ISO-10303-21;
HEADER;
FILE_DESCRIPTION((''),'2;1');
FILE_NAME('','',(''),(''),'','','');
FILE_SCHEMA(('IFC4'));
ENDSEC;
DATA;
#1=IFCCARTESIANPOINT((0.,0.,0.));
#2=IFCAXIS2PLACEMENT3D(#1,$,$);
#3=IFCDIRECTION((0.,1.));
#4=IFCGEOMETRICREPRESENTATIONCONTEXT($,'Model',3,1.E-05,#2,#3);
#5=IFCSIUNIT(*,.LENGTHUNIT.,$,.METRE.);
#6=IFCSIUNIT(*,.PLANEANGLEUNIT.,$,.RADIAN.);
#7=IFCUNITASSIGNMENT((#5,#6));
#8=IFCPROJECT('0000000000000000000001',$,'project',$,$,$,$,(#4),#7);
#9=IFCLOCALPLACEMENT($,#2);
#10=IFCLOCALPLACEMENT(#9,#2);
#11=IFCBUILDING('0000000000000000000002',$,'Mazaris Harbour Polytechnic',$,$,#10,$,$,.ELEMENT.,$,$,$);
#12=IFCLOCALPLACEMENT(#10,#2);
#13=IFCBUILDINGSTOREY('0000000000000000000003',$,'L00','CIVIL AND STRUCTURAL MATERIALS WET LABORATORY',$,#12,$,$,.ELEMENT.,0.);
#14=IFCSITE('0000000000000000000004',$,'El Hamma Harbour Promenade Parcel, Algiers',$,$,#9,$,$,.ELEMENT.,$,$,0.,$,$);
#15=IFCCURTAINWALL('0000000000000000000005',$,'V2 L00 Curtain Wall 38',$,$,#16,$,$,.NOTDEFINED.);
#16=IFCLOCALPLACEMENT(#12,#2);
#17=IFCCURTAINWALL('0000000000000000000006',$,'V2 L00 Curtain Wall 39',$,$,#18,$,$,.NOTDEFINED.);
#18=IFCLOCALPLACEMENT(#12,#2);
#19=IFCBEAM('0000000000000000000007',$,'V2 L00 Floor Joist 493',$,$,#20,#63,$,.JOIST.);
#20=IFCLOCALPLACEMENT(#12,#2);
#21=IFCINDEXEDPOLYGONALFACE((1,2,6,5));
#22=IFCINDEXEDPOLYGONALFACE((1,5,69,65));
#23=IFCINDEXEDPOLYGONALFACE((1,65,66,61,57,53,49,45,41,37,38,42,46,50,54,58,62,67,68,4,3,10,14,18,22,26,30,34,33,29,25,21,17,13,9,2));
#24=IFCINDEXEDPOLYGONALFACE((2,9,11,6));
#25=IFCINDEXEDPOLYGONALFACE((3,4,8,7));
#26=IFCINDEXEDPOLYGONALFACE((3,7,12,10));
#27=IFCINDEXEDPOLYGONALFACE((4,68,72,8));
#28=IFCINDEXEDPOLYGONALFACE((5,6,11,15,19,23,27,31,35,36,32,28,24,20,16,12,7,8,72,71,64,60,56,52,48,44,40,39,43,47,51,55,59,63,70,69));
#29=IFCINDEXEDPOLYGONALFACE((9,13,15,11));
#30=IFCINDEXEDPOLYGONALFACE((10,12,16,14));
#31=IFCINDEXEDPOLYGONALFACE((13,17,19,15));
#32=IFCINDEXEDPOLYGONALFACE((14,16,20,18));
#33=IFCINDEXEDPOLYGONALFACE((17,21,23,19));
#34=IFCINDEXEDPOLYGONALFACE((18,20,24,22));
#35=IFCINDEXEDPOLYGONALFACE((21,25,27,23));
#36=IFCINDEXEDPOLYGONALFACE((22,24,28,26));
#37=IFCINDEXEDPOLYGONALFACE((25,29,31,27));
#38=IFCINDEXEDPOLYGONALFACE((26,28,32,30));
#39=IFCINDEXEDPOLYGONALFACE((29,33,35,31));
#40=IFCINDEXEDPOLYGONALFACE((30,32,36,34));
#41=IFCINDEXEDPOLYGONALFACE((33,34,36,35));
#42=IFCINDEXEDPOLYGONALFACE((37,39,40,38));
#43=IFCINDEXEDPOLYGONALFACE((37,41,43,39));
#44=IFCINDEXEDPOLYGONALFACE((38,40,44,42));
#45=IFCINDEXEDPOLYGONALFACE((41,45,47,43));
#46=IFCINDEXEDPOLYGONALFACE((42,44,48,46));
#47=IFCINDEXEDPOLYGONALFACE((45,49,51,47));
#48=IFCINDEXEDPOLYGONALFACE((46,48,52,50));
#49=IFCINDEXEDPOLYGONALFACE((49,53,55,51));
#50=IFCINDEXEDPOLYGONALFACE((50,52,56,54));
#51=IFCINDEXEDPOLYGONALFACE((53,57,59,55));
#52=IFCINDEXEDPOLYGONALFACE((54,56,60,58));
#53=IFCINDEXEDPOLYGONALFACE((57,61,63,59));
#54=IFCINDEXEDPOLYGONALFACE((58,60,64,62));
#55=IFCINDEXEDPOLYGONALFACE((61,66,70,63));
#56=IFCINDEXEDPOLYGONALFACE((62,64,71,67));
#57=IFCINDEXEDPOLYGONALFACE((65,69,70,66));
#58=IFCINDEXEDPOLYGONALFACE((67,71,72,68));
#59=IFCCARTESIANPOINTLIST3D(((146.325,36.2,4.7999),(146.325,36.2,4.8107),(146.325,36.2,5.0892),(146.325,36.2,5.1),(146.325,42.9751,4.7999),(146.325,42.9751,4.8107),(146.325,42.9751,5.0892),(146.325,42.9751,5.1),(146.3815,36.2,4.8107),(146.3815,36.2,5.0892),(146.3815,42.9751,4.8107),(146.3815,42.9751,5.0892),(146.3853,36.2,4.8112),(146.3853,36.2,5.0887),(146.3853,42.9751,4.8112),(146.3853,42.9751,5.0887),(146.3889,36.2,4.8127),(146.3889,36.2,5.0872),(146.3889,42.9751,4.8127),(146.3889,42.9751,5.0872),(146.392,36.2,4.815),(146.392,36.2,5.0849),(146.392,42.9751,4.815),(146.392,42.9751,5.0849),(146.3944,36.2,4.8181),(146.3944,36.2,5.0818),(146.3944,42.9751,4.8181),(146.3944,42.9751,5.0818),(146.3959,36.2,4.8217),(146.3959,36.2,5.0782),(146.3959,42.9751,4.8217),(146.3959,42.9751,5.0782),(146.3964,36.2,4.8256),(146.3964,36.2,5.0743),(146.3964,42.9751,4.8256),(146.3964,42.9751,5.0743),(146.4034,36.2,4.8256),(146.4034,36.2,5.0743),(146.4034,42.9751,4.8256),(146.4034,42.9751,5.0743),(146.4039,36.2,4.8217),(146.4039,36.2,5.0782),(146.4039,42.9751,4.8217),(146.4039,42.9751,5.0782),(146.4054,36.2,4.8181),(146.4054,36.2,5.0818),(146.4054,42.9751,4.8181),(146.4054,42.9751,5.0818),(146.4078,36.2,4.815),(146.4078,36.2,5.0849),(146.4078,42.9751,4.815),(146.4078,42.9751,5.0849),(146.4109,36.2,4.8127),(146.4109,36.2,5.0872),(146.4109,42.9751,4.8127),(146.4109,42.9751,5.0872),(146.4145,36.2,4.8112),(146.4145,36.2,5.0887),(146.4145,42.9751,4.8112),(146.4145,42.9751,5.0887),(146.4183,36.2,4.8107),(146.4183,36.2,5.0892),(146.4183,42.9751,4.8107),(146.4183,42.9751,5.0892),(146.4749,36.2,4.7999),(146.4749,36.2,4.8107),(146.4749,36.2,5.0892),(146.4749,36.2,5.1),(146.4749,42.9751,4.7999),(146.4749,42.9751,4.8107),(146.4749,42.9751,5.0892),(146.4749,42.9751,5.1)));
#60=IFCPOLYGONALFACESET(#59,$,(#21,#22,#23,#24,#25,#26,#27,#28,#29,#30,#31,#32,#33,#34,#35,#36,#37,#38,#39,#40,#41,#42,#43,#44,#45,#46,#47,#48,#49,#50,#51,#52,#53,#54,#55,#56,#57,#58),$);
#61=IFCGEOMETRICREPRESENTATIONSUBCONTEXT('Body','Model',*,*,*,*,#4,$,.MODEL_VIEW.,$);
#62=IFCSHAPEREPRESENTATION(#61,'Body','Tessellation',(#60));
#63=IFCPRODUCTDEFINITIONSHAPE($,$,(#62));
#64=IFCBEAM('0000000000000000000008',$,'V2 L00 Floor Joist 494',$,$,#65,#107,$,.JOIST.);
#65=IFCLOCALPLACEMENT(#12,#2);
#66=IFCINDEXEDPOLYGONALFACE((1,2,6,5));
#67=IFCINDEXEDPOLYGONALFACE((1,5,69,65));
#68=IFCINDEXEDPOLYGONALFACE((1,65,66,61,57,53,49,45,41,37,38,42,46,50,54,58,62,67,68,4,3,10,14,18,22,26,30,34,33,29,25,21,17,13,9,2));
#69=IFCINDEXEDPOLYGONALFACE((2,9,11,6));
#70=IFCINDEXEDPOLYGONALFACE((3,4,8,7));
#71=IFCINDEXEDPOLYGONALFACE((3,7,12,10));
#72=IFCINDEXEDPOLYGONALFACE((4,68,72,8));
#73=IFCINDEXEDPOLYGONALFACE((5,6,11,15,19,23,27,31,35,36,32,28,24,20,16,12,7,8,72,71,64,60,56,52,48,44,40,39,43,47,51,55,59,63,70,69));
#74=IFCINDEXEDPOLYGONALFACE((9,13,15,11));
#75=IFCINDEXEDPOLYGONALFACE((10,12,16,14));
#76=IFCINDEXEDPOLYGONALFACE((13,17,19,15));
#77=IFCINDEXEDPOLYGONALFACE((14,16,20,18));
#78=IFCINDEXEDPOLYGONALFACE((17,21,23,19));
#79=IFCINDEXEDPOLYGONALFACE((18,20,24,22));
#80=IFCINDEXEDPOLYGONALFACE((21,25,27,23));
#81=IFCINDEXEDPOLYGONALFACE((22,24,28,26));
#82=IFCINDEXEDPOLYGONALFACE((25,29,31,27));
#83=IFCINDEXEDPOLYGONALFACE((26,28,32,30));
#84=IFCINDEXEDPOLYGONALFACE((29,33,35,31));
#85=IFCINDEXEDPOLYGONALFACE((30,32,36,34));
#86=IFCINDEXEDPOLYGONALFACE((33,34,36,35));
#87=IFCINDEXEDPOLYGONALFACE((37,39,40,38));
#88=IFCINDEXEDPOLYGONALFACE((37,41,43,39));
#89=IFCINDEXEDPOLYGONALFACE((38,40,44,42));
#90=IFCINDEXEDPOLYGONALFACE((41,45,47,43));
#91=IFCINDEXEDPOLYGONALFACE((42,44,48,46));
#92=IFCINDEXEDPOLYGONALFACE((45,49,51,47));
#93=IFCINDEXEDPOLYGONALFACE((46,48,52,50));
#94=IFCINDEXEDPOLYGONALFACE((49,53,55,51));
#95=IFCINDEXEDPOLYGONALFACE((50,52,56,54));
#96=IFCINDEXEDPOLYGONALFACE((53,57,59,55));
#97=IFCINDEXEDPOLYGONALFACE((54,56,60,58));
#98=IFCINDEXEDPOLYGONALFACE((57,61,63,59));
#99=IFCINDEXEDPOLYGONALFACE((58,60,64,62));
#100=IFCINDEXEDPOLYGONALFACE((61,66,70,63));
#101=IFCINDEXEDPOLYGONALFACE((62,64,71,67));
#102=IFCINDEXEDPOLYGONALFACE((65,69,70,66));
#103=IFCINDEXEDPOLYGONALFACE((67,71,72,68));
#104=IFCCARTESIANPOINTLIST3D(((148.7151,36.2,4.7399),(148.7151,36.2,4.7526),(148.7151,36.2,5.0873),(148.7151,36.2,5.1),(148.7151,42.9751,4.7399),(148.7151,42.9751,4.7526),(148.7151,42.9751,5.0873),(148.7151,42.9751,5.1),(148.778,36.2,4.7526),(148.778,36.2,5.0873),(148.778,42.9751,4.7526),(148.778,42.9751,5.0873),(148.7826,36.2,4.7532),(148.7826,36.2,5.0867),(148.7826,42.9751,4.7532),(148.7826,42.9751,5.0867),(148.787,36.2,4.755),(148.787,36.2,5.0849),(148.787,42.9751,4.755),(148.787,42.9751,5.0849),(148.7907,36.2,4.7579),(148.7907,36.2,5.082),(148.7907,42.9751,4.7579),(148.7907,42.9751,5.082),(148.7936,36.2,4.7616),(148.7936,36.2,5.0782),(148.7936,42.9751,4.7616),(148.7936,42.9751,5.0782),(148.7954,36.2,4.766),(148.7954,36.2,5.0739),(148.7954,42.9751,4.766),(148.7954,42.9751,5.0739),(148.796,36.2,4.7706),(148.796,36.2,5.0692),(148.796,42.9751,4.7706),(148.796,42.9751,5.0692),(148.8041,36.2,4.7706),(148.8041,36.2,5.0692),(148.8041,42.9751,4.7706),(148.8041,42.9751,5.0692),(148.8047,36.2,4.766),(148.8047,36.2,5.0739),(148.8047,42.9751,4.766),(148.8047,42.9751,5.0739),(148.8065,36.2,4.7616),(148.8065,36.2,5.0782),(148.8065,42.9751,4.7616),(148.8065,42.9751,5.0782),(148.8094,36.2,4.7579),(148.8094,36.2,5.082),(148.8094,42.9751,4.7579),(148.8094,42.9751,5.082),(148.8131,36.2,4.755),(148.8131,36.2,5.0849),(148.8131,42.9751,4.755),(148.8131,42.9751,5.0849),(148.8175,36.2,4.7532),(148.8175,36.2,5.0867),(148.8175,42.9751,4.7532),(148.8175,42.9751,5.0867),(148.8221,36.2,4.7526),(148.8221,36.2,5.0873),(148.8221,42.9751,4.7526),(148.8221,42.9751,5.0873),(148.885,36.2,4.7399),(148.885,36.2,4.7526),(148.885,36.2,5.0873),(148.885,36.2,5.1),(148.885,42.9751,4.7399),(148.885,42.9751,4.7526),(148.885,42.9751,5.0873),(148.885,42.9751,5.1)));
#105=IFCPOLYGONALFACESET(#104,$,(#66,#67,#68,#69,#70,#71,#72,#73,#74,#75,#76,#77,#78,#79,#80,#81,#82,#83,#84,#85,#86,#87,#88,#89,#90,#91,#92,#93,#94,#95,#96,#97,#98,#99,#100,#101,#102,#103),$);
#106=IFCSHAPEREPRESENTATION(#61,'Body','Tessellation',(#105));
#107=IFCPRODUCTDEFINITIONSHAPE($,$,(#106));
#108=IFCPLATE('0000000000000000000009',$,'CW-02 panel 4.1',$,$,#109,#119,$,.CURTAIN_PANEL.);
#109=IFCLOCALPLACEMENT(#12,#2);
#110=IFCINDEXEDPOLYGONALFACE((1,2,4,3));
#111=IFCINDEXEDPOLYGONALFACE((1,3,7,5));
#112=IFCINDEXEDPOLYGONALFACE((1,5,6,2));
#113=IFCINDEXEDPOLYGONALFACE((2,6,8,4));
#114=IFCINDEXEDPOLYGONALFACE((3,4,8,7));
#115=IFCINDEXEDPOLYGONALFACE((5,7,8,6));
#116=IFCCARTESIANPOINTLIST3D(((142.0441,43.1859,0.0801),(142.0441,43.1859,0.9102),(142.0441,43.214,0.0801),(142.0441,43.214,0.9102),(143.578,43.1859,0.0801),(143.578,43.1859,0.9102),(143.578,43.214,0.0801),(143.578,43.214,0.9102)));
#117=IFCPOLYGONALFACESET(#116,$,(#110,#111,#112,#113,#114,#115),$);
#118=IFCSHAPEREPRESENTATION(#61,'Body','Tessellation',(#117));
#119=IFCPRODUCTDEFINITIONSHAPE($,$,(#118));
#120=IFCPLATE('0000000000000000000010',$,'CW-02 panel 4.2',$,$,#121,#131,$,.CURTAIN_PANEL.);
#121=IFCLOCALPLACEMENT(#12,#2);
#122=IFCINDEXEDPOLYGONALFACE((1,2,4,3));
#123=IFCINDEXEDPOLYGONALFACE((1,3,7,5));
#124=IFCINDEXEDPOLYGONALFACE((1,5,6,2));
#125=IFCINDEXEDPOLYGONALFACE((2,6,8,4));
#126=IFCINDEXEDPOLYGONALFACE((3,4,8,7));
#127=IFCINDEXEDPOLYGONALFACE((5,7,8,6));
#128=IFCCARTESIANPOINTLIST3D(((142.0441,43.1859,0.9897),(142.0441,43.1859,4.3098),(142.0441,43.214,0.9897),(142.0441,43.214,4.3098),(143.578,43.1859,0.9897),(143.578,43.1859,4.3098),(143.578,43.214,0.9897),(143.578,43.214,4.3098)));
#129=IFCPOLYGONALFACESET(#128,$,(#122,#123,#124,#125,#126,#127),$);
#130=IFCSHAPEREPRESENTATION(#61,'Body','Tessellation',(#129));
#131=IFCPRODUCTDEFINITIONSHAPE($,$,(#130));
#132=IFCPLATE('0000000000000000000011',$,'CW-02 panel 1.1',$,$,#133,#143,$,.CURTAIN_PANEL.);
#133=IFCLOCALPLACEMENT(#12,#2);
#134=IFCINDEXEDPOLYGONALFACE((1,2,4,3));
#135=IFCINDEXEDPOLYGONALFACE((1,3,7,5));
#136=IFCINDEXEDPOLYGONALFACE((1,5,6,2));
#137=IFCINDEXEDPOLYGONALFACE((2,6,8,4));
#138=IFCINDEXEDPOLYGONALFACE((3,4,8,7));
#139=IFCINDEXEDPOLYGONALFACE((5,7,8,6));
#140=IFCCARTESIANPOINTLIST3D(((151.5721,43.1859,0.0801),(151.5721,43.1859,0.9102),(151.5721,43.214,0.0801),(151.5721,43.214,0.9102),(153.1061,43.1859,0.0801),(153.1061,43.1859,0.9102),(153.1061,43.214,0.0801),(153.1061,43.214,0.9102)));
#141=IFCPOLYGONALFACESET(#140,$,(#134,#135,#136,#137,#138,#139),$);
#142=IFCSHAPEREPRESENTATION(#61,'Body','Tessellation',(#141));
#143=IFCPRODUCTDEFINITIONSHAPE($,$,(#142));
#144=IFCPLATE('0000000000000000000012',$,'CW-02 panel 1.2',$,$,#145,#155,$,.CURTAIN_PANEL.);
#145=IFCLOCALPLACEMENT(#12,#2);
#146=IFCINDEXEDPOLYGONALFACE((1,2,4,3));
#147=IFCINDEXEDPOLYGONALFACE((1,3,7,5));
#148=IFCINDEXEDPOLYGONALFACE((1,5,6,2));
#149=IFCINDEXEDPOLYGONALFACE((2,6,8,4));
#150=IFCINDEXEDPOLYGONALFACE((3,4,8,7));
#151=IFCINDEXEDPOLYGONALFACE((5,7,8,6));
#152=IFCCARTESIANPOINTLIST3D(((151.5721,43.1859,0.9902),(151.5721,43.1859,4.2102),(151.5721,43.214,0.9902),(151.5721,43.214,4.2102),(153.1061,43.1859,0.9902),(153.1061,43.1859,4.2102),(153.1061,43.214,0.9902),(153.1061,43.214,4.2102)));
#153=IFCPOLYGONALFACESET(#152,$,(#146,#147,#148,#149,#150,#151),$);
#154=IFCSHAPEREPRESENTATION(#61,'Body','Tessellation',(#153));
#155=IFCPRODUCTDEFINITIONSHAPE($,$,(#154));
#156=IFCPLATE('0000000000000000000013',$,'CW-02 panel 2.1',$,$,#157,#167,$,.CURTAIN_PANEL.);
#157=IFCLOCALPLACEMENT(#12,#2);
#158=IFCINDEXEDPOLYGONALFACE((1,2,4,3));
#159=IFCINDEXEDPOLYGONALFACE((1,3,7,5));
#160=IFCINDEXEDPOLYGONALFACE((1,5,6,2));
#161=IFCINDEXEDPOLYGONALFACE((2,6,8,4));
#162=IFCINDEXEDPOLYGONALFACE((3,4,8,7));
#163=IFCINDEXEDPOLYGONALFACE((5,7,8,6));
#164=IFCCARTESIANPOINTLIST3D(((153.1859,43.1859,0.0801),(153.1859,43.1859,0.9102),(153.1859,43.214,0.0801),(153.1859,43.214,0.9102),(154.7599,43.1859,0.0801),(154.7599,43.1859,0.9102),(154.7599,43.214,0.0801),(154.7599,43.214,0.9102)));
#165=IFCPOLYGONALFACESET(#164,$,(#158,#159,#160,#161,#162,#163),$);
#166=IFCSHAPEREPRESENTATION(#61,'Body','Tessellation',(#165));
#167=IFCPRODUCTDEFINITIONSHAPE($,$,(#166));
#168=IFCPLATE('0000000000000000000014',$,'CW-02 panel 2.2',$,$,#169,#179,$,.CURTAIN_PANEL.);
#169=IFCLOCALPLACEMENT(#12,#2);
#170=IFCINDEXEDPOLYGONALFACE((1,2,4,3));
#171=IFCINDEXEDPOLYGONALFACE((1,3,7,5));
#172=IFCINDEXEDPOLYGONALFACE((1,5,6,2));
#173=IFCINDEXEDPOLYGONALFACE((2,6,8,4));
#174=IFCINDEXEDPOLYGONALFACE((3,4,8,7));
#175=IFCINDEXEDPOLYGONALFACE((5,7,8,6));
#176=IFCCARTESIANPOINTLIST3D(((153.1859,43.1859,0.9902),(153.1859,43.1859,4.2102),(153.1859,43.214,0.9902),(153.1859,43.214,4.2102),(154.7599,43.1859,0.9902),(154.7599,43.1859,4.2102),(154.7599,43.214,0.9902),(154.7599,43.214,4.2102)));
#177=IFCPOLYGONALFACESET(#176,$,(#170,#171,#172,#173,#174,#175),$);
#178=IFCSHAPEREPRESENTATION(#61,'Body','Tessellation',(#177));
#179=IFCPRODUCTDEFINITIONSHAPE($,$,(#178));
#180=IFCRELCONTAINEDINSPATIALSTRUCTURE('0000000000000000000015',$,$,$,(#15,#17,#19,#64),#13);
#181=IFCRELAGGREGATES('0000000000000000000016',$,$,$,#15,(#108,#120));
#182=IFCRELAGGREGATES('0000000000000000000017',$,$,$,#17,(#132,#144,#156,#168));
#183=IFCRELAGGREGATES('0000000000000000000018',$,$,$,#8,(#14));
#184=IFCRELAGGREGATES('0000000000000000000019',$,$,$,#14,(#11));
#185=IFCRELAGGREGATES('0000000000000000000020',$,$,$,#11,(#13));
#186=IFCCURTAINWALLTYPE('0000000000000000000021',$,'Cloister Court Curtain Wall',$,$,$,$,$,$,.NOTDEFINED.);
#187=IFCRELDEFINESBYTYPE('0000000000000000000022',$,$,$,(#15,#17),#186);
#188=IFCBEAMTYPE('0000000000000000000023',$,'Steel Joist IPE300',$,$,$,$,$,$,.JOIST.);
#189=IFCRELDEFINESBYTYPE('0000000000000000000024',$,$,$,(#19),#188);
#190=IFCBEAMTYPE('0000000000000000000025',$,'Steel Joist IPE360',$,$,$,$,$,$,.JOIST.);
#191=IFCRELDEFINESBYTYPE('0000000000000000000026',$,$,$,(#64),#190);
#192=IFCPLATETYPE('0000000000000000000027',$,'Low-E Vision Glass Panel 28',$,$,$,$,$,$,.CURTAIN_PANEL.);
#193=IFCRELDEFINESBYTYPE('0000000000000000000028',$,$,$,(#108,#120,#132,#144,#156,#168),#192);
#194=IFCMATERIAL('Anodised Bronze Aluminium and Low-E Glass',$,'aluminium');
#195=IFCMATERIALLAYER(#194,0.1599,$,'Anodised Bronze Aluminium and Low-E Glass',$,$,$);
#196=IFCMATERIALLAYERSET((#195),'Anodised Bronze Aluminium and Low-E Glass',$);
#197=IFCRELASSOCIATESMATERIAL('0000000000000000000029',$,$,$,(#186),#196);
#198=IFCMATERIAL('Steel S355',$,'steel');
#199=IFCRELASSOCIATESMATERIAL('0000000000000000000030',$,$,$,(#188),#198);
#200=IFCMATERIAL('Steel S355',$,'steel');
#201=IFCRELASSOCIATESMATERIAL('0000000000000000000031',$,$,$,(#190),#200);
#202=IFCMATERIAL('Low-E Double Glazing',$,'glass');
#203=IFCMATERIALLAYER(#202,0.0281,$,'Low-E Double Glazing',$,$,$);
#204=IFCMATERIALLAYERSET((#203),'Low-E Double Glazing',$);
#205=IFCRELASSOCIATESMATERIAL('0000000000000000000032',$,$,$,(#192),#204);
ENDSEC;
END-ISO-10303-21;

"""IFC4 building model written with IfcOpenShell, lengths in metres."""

from ifc_helpers import new_model, si_unit, direction, frame, origin, origin_2d, place, context, subcontext, project, spatial, rectangle, i_section, extrude, material, layer, layer_set, material_profile, profile_set, type_object, element, aggregate, save


model = new_model("IFC4")

# Units and contexts
model_context = context("Model", 3, precision=1e-05, world=origin(), true_north=direction((0.0, 1.0)))
body_context = subcontext(model_context, "Body", "Model", "MODEL_VIEW")
ifc_project = project(units=[si_unit("LENGTHUNIT", "METRE"), si_unit("PLANEANGLEUNIT", "RADIAN")], contexts=[model_context])

# Site, building, storey
site_placement = place(None, origin())
site = spatial("IfcSite", under=ifc_project, at=site_placement, Name="El Hamma Harbour Promenade Parcel, Algiers", CompositionType="ELEMENT", RefElevation=0.0)
building_placement = place(site_placement, origin())
building = spatial("IfcBuilding", under=site, at=building_placement, Name="Mazaris Harbour Polytechnic", CompositionType="ELEMENT")
storey_placement = place(building_placement, origin())
storey = spatial("IfcBuildingStorey", under=building, at=storey_placement, Name="L00", Description="CIVIL AND STRUCTURAL MATERIALS WET LABORATORY", CompositionType="ELEMENT", Elevation=0.0)

# Curtain wall
ifc_material_1 = material(Name="Anodised Bronze Aluminium and Low-E Glass", Category="aluminium")
ifc_layer_1 = layer(ifc_material_1, 0.1599, Name="Anodised Bronze Aluminium and Low-E Glass")
ifc_layer_set_1 = layer_set([ifc_layer_1], Name="Anodised Bronze Aluminium and Low-E Glass")
curtain_wall_type = type_object("IfcCurtainWallType", Name="Cloister Court Curtain Wall", PredefinedType="NOTDEFINED", material=ifc_layer_set_1)
curtain_wall_1_placement = place(storey_placement, origin())
curtain_wall_1 = element("IfcCurtainWall", 1, at=curtain_wall_1_placement, inside=storey, type_object=curtain_wall_type, Name="V2 L00 Curtain Wall 38", PredefinedType="NOTDEFINED")

# Curtain wall
curtain_wall_2_placement = place(storey_placement, origin())
curtain_wall_2 = element("IfcCurtainWall", 2, at=curtain_wall_2_placement, inside=storey, type_object=curtain_wall_type, Name="V2 L00 Curtain Wall 39", PredefinedType="NOTDEFINED")

# Beams
ifc_material_2 = material(Name="Steel S355", Category="steel")
ifc_material_profile_1 = material_profile(ifc_material_2, i_section(OverallWidth=0.1499, OverallDepth=0.3, WebThickness=0.0071, FlangeThickness=0.0107, FilletRadius=0.0149, at=origin_2d()), Name="IPE 300")
ifc_profile_set_1 = profile_set([ifc_material_profile_1], Name="Steel S355")
beam_type_1 = type_object("IfcBeamType", Name="Steel Joist IPE300", PredefinedType="JOIST", material=ifc_profile_set_1)
beam_1_placement = place(storey_placement, frame((146.3999, 36.2, 4.95), z_axis=(0.0, 1.0, 0.0), x_axis=(-1.0, 0.0, 0.0)))
element("IfcBeam", 3, at=beam_1_placement, inside=storey, type_object=beam_type_1, Name="V2 L00 Floor Joist 493", PredefinedType="JOIST", context=body_context, shape_type="SweptSolid", body=[
    extrude(i_section(OverallWidth=0.1499, OverallDepth=0.3, WebThickness=0.0071, FlangeThickness=0.0107, FilletRadius=0.0149, at=origin_2d()), origin(), (0.0, 0.0, 1.0), 6.7751),
])
ifc_material_3 = material(Name="Steel S355", Category="steel")
ifc_material_profile_2 = material_profile(ifc_material_3, i_section(OverallWidth=0.1699, OverallDepth=0.3601, WebThickness=0.0081, FlangeThickness=0.0127, FilletRadius=0.0181, at=origin_2d()), Name="IPE 360")
ifc_profile_set_2 = profile_set([ifc_material_profile_2], Name="Steel S355")
beam_type_2 = type_object("IfcBeamType", Name="Steel Joist IPE360", PredefinedType="JOIST", material=ifc_profile_set_2)
beam_2_placement = place(storey_placement, frame((148.8, 36.2, 4.9199), z_axis=(0.0, 1.0, 0.0), x_axis=(-1.0, 0.0, 0.0)))
element("IfcBeam", 4, at=beam_2_placement, inside=storey, type_object=beam_type_2, Name="V2 L00 Floor Joist 494", PredefinedType="JOIST", context=body_context, shape_type="SweptSolid", body=[
    extrude(i_section(OverallWidth=0.1699, OverallDepth=0.3601, WebThickness=0.0081, FlangeThickness=0.0127, FilletRadius=0.0181, at=origin_2d()), origin(), (0.0, 0.0, 1.0), 6.7751),
])

# Plates
ifc_material_4 = material(Name="Low-E Double Glazing", Category="glass")
ifc_layer_2 = layer(ifc_material_4, 0.0281, Name="Low-E Double Glazing")
ifc_layer_set_2 = layer_set([ifc_layer_2], Name="Low-E Double Glazing")
plate_type = type_object("IfcPlateType", Name="Low-E Vision Glass Panel 28", PredefinedType="CURTAIN_PANEL", material=ifc_layer_set_2)
plate_1_placement = place(storey_placement, frame((142.811, 43.2, 0.0801), z_axis=(0.0, 0.0, 1.0), x_axis=(1.0, 0.0, 0.0)))
plate_1 = element("IfcPlate", 5, at=plate_1_placement, type_object=plate_type, Name="CW-02 panel 4.1", PredefinedType="CURTAIN_PANEL", context=body_context, shape_type="SweptSolid", body=[
    extrude(rectangle(XDim=1.5339, YDim=0.0281, at=origin_2d()), origin(), (0.0, 0.0, 1.0), 0.8301),
])
plate_2_placement = place(storey_placement, frame((142.811, 43.2, 0.9897), z_axis=(0.0, 0.0, 1.0), x_axis=(1.0, 0.0, 0.0)))
plate_2 = element("IfcPlate", 6, at=plate_2_placement, type_object=plate_type, Name="CW-02 panel 4.2", PredefinedType="CURTAIN_PANEL", context=body_context, shape_type="SweptSolid", body=[
    extrude(rectangle(XDim=1.5339, YDim=0.0281, at=origin_2d()), origin(), (0.0, 0.0, 1.0), 3.3201),
])
aggregate(curtain_wall_1, [plate_1, plate_2])
plate_3_placement = place(storey_placement, frame((152.3391, 43.2, 0.0801), z_axis=(0.0, 0.0, 1.0), x_axis=(1.0, 0.0, 0.0)))
plate_3 = element("IfcPlate", 7, at=plate_3_placement, type_object=plate_type, Name="CW-02 panel 1.1", PredefinedType="CURTAIN_PANEL", context=body_context, shape_type="SweptSolid", body=[
    extrude(rectangle(XDim=1.5339, YDim=0.0281, at=origin_2d()), origin(), (0.0, 0.0, 1.0), 0.8301),
])
plate_4_placement = place(storey_placement, frame((152.3391, 43.2, 0.9902), z_axis=(0.0, 0.0, 1.0), x_axis=(1.0, 0.0, 0.0)))
plate_4 = element("IfcPlate", 8, at=plate_4_placement, type_object=plate_type, Name="CW-02 panel 1.2", PredefinedType="CURTAIN_PANEL", context=body_context, shape_type="SweptSolid", body=[
    extrude(rectangle(XDim=1.5339, YDim=0.0281, at=origin_2d()), origin(), (0.0, 0.0, 1.0), 3.22),
])
plate_5_placement = place(storey_placement, frame((153.9729, 43.2, 0.0801), z_axis=(0.0, 0.0, 1.0), x_axis=(1.0, 0.0, 0.0)))
plate_5 = element("IfcPlate", 9, at=plate_5_placement, type_object=plate_type, Name="CW-02 panel 2.1", PredefinedType="CURTAIN_PANEL", context=body_context, shape_type="SweptSolid", body=[
    extrude(rectangle(XDim=1.574, YDim=0.0281, at=origin_2d()), origin(), (0.0, 0.0, 1.0), 0.8301),
])
plate_6_placement = place(storey_placement, frame((153.9729, 43.2, 0.9902), z_axis=(0.0, 0.0, 1.0), x_axis=(1.0, 0.0, 0.0)))
plate_6 = element("IfcPlate", 10, at=plate_6_placement, type_object=plate_type, Name="CW-02 panel 2.2", PredefinedType="CURTAIN_PANEL", context=body_context, shape_type="SweptSolid", body=[
    extrude(rectangle(XDim=1.574, YDim=0.0281, at=origin_2d()), origin(), (0.0, 0.0, 1.0), 3.22),
])
aggregate(curtain_wall_2, [plate_3, plate_4, plate_5, plate_6])

save(model, "model.ifc")
